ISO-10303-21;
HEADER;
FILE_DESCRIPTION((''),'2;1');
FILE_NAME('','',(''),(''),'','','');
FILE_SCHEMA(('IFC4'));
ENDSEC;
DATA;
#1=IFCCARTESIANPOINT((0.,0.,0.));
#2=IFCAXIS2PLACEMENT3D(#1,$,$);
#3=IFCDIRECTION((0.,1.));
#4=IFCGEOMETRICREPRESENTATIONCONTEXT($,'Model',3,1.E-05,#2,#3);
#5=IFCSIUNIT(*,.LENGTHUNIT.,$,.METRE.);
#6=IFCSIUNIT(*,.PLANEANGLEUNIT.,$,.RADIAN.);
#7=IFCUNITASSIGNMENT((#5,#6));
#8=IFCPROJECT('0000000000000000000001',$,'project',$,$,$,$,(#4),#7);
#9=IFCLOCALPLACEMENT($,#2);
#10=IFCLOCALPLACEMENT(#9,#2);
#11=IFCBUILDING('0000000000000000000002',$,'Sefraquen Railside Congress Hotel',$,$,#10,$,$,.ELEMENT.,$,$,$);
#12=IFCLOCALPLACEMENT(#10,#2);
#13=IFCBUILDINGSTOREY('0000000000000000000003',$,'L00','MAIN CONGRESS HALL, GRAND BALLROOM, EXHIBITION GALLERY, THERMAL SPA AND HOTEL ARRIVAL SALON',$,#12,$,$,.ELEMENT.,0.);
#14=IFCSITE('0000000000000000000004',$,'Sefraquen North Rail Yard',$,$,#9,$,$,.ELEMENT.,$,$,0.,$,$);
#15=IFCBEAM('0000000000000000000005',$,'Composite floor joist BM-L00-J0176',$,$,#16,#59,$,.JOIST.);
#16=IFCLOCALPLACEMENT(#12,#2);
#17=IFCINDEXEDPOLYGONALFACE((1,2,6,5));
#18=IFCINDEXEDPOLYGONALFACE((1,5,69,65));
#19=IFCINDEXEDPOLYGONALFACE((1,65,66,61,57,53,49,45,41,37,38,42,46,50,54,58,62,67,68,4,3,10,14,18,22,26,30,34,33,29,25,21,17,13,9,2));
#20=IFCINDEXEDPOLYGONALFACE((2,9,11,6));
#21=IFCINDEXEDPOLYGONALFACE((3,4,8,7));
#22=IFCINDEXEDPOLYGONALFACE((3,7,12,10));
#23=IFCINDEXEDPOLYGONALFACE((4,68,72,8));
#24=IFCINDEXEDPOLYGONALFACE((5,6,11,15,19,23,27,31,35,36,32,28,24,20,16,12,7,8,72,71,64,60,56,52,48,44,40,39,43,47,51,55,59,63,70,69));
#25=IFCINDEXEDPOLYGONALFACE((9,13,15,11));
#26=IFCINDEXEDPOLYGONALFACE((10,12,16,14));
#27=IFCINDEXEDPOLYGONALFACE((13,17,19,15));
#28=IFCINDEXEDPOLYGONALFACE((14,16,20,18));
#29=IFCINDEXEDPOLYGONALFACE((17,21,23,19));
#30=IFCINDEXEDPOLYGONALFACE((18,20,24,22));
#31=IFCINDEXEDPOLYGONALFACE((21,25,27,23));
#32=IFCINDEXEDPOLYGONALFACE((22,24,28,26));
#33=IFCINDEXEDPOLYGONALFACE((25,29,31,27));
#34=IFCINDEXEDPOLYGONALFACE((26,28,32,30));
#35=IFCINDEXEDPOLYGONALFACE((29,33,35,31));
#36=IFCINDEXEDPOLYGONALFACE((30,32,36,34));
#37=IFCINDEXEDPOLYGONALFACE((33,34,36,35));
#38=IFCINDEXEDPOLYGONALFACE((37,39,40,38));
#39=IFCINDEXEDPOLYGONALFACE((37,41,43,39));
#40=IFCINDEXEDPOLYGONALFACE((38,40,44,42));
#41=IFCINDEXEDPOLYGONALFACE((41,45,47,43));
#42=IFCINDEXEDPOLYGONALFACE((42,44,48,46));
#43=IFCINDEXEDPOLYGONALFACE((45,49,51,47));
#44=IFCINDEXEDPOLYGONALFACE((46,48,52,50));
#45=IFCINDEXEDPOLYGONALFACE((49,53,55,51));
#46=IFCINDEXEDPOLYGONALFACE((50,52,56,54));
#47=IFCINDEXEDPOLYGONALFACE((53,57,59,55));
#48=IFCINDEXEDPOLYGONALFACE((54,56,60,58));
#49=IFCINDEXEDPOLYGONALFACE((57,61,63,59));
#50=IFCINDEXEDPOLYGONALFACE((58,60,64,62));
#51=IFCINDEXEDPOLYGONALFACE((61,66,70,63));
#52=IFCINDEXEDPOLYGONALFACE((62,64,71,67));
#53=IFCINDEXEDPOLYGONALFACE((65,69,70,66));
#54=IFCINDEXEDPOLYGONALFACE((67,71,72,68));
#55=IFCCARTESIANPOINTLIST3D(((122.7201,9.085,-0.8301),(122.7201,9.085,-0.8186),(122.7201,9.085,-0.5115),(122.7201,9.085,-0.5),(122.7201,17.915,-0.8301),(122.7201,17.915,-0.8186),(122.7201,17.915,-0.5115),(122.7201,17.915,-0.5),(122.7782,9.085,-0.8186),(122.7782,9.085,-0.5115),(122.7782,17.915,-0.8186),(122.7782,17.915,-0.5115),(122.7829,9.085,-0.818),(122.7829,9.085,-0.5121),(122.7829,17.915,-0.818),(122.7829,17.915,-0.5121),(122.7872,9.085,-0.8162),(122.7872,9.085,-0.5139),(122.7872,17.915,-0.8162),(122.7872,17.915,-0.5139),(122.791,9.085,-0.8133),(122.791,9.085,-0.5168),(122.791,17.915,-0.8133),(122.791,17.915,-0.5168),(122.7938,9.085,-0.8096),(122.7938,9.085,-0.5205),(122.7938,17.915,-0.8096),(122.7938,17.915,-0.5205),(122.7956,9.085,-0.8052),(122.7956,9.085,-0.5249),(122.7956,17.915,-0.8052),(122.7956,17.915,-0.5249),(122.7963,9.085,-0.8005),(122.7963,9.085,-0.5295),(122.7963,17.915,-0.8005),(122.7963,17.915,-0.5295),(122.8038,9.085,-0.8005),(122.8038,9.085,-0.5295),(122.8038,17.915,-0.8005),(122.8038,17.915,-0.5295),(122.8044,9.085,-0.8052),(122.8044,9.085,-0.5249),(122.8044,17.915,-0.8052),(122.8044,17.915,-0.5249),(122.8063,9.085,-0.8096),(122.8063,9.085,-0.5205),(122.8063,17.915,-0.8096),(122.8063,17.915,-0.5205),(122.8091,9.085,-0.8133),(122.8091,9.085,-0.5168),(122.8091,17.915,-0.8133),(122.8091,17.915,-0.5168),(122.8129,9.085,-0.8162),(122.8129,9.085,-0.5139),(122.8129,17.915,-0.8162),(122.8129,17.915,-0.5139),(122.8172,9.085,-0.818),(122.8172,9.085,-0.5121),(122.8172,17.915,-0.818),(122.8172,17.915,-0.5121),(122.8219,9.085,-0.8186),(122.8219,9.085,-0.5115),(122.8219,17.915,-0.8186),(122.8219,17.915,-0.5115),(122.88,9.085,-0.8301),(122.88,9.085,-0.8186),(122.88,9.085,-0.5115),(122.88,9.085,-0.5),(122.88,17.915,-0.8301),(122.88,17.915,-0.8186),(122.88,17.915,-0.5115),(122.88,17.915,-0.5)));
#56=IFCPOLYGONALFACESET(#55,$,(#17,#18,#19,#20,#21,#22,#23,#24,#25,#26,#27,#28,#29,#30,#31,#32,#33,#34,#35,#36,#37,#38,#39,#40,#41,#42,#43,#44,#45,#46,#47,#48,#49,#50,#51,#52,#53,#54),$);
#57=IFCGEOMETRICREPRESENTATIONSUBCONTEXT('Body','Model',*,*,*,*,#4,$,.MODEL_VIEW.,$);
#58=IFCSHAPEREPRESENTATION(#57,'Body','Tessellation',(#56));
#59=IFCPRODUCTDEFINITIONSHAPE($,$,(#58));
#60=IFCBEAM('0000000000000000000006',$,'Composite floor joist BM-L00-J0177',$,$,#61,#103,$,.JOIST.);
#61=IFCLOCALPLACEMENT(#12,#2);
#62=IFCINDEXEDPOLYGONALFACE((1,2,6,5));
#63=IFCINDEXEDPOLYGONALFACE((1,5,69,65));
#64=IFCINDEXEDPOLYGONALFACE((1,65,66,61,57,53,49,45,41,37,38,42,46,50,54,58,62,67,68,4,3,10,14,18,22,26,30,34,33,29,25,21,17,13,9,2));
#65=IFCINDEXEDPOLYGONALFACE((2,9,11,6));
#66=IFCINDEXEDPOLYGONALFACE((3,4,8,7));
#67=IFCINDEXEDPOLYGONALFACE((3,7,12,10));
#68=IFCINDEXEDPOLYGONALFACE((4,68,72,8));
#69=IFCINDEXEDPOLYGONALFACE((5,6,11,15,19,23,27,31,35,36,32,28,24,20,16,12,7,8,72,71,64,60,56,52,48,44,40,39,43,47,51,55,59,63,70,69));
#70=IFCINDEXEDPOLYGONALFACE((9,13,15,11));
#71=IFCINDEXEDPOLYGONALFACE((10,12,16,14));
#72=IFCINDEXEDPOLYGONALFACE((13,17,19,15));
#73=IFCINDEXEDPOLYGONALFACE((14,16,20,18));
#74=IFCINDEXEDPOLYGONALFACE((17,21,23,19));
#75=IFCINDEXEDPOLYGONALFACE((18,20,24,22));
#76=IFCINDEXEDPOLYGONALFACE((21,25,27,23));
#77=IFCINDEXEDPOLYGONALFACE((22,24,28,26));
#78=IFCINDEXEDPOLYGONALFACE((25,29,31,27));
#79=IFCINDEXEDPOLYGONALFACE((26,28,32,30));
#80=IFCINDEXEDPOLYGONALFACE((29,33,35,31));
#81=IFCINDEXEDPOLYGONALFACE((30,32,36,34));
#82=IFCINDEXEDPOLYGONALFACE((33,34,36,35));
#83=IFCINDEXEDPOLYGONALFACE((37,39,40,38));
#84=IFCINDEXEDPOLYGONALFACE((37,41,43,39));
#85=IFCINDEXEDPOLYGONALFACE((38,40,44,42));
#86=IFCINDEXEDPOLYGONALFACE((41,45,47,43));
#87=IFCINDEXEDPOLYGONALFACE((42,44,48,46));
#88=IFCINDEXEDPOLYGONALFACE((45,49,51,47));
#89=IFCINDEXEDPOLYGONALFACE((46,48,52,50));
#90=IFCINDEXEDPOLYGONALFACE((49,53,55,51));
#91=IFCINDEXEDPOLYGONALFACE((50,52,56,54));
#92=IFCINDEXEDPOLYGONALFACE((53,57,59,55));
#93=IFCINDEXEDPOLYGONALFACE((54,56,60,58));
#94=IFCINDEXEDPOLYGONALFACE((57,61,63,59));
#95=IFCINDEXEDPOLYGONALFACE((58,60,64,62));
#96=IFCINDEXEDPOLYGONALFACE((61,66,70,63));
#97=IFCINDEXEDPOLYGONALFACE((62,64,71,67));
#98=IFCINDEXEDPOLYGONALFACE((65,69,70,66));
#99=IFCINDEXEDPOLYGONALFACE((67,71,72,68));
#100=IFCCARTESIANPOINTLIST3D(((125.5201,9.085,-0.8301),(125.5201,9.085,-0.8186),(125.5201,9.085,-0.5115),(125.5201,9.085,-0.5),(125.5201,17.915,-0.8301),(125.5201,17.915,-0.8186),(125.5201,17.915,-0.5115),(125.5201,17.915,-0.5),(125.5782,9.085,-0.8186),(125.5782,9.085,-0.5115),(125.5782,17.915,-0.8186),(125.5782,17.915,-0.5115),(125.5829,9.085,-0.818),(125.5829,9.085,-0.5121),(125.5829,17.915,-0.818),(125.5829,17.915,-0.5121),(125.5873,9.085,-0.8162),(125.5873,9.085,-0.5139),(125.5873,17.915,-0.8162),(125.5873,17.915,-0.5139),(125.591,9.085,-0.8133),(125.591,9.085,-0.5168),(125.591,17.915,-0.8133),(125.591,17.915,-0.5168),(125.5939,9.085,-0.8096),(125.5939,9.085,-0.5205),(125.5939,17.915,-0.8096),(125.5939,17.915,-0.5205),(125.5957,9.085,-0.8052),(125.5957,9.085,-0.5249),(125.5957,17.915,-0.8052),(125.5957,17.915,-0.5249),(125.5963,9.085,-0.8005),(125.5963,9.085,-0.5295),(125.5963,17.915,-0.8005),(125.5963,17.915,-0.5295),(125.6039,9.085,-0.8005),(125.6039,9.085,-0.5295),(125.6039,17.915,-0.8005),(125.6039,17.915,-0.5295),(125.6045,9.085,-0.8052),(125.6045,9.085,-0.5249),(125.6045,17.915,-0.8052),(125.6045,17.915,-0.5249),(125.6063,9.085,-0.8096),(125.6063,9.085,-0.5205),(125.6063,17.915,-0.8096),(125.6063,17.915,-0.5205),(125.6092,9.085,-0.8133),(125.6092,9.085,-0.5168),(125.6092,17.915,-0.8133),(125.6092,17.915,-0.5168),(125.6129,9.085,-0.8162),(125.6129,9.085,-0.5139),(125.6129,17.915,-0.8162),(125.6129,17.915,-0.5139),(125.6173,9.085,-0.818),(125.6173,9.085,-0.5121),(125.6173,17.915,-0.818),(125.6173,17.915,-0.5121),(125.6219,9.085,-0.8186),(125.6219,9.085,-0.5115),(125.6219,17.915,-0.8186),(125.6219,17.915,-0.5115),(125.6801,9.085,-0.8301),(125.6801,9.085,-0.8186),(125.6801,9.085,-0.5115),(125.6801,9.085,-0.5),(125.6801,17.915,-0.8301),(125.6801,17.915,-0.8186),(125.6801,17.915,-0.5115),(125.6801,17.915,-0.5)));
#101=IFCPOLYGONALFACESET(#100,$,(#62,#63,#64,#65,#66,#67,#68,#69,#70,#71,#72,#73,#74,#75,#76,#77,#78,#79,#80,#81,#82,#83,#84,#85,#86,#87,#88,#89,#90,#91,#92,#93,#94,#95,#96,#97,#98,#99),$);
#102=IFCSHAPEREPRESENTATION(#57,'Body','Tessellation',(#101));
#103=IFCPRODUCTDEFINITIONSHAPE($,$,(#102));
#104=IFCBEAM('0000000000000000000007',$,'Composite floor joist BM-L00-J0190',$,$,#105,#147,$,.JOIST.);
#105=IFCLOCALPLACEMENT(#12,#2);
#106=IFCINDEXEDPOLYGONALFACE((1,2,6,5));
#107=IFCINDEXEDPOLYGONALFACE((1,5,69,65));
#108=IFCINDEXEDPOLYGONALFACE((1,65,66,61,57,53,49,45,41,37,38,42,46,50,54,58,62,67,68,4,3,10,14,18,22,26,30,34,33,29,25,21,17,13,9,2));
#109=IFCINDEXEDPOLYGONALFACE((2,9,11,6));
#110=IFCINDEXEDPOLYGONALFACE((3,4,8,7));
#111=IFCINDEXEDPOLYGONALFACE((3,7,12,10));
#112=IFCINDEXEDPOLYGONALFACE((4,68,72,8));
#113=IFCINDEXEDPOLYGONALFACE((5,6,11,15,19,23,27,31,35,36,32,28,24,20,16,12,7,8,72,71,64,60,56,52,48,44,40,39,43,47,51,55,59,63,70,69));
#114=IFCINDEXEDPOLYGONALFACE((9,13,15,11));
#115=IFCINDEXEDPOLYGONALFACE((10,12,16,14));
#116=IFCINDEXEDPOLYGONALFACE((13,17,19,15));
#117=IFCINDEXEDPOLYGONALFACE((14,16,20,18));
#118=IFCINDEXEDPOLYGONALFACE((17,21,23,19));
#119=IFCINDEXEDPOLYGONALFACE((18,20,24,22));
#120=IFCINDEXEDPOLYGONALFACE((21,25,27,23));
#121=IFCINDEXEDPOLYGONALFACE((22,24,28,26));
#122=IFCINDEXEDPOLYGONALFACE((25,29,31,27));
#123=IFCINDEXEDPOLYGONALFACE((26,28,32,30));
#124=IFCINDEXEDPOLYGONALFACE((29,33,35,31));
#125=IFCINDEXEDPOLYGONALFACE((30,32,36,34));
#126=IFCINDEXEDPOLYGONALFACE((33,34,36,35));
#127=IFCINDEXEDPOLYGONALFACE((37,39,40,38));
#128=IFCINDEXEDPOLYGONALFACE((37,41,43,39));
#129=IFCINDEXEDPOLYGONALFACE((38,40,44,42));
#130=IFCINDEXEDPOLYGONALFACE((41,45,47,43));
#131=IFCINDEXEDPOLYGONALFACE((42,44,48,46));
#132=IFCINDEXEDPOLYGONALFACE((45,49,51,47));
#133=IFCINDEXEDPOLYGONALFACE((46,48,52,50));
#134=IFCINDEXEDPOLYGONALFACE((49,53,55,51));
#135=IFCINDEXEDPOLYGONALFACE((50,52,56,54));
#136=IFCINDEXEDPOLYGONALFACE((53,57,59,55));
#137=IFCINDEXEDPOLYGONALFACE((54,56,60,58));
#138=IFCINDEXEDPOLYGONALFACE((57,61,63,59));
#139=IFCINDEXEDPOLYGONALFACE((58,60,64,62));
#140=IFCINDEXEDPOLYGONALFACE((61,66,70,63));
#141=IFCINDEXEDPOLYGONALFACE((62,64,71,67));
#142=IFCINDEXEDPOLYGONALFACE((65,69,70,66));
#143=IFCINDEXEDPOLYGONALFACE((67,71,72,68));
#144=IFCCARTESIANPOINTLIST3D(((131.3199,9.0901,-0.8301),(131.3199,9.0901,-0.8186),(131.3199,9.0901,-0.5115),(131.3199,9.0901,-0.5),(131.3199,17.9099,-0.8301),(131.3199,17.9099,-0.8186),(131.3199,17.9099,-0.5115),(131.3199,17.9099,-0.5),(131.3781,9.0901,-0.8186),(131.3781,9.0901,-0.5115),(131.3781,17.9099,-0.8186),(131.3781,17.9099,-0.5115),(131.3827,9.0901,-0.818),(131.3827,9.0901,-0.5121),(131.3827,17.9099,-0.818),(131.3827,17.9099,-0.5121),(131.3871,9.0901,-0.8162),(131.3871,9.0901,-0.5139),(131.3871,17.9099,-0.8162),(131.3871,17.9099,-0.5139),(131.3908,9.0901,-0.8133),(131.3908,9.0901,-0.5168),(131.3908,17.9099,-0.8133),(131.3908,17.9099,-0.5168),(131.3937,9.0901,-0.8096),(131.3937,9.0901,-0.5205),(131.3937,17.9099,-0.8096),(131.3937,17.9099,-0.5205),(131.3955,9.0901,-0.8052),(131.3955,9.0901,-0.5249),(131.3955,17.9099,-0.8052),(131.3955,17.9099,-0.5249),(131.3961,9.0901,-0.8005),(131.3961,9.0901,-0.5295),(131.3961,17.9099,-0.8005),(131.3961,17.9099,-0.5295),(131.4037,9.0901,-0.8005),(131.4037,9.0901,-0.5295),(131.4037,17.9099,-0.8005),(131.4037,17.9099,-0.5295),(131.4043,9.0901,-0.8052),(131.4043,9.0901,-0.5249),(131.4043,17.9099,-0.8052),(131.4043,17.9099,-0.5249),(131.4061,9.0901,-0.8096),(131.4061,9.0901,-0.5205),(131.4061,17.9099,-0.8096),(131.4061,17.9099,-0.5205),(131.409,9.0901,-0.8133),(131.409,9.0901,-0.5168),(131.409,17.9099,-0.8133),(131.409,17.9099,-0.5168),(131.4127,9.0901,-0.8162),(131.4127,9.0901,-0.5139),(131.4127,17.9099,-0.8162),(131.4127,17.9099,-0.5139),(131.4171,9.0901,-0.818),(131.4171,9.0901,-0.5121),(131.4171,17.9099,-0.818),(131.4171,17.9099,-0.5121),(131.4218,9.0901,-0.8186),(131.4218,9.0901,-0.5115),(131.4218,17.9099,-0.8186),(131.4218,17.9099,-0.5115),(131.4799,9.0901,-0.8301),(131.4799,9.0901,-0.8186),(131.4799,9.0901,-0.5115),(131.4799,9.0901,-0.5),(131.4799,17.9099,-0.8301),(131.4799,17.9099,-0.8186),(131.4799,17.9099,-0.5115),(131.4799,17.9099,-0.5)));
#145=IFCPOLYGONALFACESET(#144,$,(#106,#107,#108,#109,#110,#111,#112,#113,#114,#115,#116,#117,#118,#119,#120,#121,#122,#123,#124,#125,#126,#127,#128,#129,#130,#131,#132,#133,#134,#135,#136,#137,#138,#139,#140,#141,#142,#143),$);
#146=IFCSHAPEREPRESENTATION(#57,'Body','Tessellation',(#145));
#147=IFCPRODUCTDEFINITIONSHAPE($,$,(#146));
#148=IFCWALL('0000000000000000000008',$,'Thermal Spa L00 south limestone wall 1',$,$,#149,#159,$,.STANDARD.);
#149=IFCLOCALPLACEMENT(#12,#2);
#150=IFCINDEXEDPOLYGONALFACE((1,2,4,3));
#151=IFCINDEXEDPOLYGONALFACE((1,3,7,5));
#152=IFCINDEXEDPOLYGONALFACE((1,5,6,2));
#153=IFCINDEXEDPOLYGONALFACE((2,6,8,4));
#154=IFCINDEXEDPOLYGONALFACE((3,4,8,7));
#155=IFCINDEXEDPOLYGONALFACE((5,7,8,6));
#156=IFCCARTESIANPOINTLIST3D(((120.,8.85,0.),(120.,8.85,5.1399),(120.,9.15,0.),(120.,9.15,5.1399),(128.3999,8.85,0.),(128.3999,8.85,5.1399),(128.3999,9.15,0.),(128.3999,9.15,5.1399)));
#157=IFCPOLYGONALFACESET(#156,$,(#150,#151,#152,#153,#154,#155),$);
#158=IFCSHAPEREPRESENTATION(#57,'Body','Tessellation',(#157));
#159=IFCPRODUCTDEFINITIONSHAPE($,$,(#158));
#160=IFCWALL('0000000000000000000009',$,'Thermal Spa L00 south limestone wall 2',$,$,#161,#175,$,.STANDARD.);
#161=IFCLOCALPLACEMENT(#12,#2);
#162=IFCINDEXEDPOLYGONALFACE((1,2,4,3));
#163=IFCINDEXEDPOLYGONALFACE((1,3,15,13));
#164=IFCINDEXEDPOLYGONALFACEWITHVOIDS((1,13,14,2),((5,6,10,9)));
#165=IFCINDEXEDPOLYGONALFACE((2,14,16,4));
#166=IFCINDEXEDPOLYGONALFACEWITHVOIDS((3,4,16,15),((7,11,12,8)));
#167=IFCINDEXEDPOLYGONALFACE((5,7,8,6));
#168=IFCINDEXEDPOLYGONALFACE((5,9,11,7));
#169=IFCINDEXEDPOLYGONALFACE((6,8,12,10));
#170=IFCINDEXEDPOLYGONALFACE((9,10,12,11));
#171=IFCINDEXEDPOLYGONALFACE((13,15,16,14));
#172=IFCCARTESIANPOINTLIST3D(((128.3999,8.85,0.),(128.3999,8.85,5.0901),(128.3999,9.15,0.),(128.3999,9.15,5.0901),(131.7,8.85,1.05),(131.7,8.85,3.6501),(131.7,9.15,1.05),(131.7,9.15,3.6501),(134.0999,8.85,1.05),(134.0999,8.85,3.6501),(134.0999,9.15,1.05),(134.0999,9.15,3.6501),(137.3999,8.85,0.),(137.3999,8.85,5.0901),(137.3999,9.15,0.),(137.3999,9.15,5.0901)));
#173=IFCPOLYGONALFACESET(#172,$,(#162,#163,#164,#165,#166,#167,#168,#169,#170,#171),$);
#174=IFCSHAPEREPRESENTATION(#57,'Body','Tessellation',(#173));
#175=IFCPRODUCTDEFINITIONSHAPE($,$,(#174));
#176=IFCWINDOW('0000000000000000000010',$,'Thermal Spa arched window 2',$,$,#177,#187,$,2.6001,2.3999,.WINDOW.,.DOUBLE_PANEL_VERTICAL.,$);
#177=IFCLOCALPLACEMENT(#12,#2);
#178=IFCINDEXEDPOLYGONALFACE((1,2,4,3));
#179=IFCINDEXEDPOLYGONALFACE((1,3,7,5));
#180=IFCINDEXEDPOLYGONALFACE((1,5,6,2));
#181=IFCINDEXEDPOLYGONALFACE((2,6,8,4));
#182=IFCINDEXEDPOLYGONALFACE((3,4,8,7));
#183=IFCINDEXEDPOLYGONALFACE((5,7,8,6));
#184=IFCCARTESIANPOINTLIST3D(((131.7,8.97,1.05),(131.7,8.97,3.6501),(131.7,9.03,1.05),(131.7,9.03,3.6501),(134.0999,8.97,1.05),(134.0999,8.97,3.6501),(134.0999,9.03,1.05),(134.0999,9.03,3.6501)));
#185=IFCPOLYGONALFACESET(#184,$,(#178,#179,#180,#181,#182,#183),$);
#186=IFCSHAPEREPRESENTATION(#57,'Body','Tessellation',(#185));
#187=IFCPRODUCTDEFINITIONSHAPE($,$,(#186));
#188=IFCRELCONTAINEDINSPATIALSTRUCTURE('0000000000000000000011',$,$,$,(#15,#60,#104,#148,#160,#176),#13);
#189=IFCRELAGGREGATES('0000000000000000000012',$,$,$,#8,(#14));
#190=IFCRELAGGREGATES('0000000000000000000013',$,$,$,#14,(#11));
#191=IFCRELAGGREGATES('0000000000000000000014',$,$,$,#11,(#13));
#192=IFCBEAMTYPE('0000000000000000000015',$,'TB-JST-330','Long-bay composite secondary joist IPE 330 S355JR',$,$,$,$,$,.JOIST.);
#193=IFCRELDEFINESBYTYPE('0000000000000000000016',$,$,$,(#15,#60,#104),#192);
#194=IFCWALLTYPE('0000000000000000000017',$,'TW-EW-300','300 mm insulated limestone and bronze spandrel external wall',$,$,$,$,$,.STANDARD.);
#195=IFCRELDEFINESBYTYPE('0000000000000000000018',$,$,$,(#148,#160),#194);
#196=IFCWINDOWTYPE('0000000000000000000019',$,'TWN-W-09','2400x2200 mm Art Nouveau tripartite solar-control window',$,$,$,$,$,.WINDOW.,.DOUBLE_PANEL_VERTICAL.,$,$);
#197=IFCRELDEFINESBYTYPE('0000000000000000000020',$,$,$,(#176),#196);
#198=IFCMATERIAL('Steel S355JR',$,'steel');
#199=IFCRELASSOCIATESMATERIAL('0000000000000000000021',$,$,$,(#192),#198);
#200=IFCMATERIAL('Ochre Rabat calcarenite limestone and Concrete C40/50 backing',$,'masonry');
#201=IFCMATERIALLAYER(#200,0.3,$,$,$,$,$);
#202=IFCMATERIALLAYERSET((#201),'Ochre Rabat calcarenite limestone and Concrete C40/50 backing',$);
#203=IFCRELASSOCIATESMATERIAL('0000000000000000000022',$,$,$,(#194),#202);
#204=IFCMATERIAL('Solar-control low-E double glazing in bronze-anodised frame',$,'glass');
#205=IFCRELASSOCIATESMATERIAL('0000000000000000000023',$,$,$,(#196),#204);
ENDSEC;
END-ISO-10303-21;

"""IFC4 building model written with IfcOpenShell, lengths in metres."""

from ifc_helpers import new_model, si_unit, direction, frame, frame_2d, origin, origin_2d, place, context, subcontext, project, spatial, rectangle, i_section, extrude, material, layer, layer_set, material_profile, profile_set, type_object, element, fill, save


model = new_model("IFC4")

# Units and contexts
model_context = context("Model", 3, precision=1e-05, world=origin(), true_north=direction((0.0, 1.0)))
body_context = subcontext(model_context, "Body", "Model", "MODEL_VIEW")
ifc_project = project(units=[si_unit("LENGTHUNIT", "METRE"), si_unit("PLANEANGLEUNIT", "RADIAN")], contexts=[model_context])

# Site, building, storey
site_placement = place(None, origin())
site = spatial("IfcSite", under=ifc_project, at=site_placement, Name="Sefraquen North Rail Yard", CompositionType="ELEMENT", RefElevation=0.0)
building_placement = place(site_placement, origin())
building = spatial("IfcBuilding", under=site, at=building_placement, Name="Sefraquen Railside Congress Hotel", CompositionType="ELEMENT")
storey_placement = place(building_placement, origin())
storey = spatial("IfcBuildingStorey", under=building, at=storey_placement, Name="L00", Description="MAIN CONGRESS HALL, GRAND BALLROOM, EXHIBITION GALLERY, THERMAL SPA AND HOTEL ARRIVAL SALON", CompositionType="ELEMENT", Elevation=0.0)

# Shared definitions
ifc_material_1 = material(Name="Steel S355JR", Category="steel")

# Beams
ifc_material_profile_1 = material_profile(ifc_material_1, i_section(OverallWidth=0.1599, OverallDepth=0.3301, WebThickness=0.0076, FlangeThickness=0.0115, FilletRadius=0.0181, at=origin_2d()), Name="IPE 330")
ifc_profile_set_1 = profile_set([ifc_material_profile_1], Name="Steel S355JR")
beam_type_1 = type_object("IfcBeamType", Name="TB-JST-330", Description="Long-bay composite secondary joist IPE 330 S355JR", PredefinedType="JOIST", material=ifc_profile_set_1)
for number, where, z_axis, x_axis, name in (
    (1, (122.8, 9.085, -0.665), (0.0, 1.0, 0.0), (-1.0, 0.0, 0.0), "Composite floor joist BM-L00-J0176"),
    (2, (125.6001, 9.085, -0.665), (0.0, 1.0, 0.0), (-1.0, 0.0, 0.0), "Composite floor joist BM-L00-J0177"),
):
    element("IfcBeam", number, at=place(storey_placement, frame(where, z_axis=z_axis, x_axis=x_axis)), inside=storey, type_object=beam_type_1, Name=name, PredefinedType="JOIST", context=body_context, shape_type="SweptSolid", body=[
        extrude(i_section(OverallWidth=0.1599, OverallDepth=0.3301, WebThickness=0.0076, FlangeThickness=0.0115, FilletRadius=0.0181, at=origin_2d()), origin(), (0.0, 0.0, 1.0), 8.8301),
    ])
beam_placement = place(storey_placement, frame((131.3999, 9.0901, -0.665), z_axis=(0.0, 1.0, 0.0), x_axis=(-1.0, 0.0, 0.0)))
element("IfcBeam", 3, at=beam_placement, inside=storey, type_object=beam_type_1, Name="Composite floor joist BM-L00-J0190", PredefinedType="JOIST", context=body_context, shape_type="SweptSolid", body=[
    extrude(i_section(OverallWidth=0.1599, OverallDepth=0.3301, WebThickness=0.0076, FlangeThickness=0.0115, FilletRadius=0.0181, at=origin_2d()), origin(), (0.0, 0.0, 1.0), 8.8198),
])

# Wall
ifc_material_2 = material(Name="Ochre Rabat calcarenite limestone and Concrete C40/50 backing", Category="masonry")
ifc_layer_1 = layer(ifc_material_2, 0.3)
ifc_layer_set_1 = layer_set([ifc_layer_1], Name="Ochre Rabat calcarenite limestone and Concrete C40/50 backing")
wall_type_1 = type_object("IfcWallType", Name="TW-EW-300", Description="300 mm insulated limestone and bronze spandrel external wall", PredefinedType="STANDARD", material=ifc_layer_set_1)
wall_1_placement = place(storey_placement, frame((120.0, 9.0, 0.0), z_axis=(0.0, 0.0, 1.0), x_axis=(1.0, 0.0, 0.0)))
element("IfcWall", 4, at=wall_1_placement, inside=storey, type_object=wall_type_1, Name="Thermal Spa L00 south limestone wall 1", PredefinedType="STANDARD", context=body_context, shape_type="SweptSolid", body=[
    extrude(rectangle(XDim=8.3999, YDim=0.3, at=frame_2d((4.2, 0.0))), origin(), (0.0, 0.0, 1.0), 5.1399),
])

# Wall, opening, window
wall_2_placement = place(storey_placement, frame((128.3999, 9.0, 0.0), z_axis=(0.0, 0.0, 1.0), x_axis=(1.0, 0.0, 0.0)))
wall_2 = element("IfcWall", 5, at=wall_2_placement, inside=storey, type_object=wall_type_1, Name="Thermal Spa L00 south limestone wall 2", PredefinedType="STANDARD", context=body_context, shape_type="SweptSolid", body=[
    extrude(rectangle(XDim=9.0, YDim=0.3, at=frame_2d((4.5, 0.0))), origin(), (0.0, 0.0, 1.0), 5.0901),
])
opening_1_placement = place(wall_2_placement, frame((3.3, 0.0, 1.05)))
opening_1 = element("IfcOpeningElement", 6, at=opening_1_placement, cuts=wall_2, PredefinedType="OPENING", context=body_context, shape_type="SweptSolid", body=[
    extrude(rectangle(XDim=2.3999, YDim=2.6001, at=frame_2d((1.2, 1.3))), frame((0.0, 0.1599, 0.0), z_axis=(0.0, -1.0, 0.0), x_axis=(1.0, 0.0, 0.0)), (0.0, 0.0, 1.0), 0.3201),
])
ifc_material_3 = material(Name="Solar-control low-E double glazing in bronze-anodised frame", Category="glass")
window_type = type_object("IfcWindowType", Name="TWN-W-09", Description="2400x2200 mm Art Nouveau tripartite solar-control window", PartitioningType="DOUBLE_PANEL_VERTICAL", PredefinedType="WINDOW", material=ifc_material_3)
window_1_placement = place(opening_1_placement, origin())
window_1 = element("IfcWindow", 7, at=window_1_placement, inside=storey, type_object=window_type, Name="Thermal Spa arched window 2", OverallHeight=2.6001, OverallWidth=2.3999, PartitioningType="DOUBLE_PANEL_VERTICAL", PredefinedType="WINDOW", context=body_context, shape_type="SweptSolid", body=[
    extrude(rectangle(XDim=2.3999, YDim=2.6001, at=frame_2d((1.2, 1.3))), frame((0.0, 0.03, 0.0), z_axis=(0.0, -1.0, 0.0), x_axis=(1.0, 0.0, 0.0)), (0.0, 0.0, 1.0), 0.0601),
])
fill(opening_1, window_1)

save(model, "model.ifc")
